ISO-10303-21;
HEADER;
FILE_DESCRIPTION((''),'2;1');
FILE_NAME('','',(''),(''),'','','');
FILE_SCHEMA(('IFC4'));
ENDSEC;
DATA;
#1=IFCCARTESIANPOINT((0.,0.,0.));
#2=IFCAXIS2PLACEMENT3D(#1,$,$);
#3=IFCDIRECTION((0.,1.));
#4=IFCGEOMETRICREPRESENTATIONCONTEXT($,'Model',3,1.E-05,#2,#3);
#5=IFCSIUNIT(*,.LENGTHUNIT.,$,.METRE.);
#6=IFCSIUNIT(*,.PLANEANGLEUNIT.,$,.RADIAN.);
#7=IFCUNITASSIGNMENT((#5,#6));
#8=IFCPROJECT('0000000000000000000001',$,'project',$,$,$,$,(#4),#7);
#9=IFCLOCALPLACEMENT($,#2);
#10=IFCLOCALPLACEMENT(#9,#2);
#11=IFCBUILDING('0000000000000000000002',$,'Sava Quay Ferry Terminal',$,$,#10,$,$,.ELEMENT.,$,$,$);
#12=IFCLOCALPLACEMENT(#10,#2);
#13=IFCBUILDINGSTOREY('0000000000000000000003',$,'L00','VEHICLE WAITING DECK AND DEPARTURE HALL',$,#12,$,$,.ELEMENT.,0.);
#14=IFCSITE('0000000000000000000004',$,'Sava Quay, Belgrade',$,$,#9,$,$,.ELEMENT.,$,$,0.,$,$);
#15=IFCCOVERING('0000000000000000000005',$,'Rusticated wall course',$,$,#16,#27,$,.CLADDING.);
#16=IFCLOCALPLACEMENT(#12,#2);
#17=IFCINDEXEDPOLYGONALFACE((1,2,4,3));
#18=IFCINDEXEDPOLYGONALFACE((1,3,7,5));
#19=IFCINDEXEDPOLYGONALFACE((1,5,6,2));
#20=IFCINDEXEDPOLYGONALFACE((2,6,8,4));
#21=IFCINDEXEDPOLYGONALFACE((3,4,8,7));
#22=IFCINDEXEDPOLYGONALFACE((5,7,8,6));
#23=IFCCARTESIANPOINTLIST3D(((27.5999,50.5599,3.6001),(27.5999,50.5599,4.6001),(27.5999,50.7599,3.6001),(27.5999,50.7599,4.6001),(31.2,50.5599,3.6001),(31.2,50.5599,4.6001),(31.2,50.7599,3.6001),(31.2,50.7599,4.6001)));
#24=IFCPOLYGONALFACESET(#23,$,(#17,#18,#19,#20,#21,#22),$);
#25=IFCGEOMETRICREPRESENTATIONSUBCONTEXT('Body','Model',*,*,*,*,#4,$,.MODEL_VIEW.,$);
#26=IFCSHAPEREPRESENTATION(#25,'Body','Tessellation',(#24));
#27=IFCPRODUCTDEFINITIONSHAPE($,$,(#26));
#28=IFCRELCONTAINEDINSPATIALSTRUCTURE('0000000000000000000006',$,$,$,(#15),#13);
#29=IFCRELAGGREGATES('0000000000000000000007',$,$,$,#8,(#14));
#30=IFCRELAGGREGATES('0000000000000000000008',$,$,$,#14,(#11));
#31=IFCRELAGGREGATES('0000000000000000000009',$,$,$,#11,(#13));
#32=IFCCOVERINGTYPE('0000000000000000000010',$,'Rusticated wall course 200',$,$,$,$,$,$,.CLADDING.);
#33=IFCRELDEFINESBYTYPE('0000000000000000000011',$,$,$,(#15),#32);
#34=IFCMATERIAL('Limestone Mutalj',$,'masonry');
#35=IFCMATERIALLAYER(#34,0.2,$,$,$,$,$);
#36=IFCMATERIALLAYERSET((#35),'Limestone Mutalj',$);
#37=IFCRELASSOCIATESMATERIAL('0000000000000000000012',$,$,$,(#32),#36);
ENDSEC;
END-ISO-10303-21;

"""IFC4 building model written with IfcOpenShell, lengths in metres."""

from ifc_helpers import new_model, si_unit, direction, frame, origin, origin_2d, place, context, subcontext, project, spatial, rectangle, extrude, material, layer, layer_set, type_object, element, save


model = new_model("IFC4")

# Units and contexts
model_context = context("Model", 3, precision=1e-05, world=origin(), true_north=direction((0.0, 1.0)))
body_context = subcontext(model_context, "Body", "Model", "MODEL_VIEW")
ifc_project = project(units=[si_unit("LENGTHUNIT", "METRE"), si_unit("PLANEANGLEUNIT", "RADIAN")], contexts=[model_context])

# Site, building, storey
site_placement = place(None, origin())
site = spatial("IfcSite", under=ifc_project, at=site_placement, Name="Sava Quay, Belgrade", CompositionType="ELEMENT", RefElevation=0.0)
building_placement = place(site_placement, origin())
building = spatial("IfcBuilding", under=site, at=building_placement, Name="Sava Quay Ferry Terminal", CompositionType="ELEMENT")
storey_placement = place(building_placement, origin())
storey = spatial("IfcBuildingStorey", under=building, at=storey_placement, Name="L00", Description="VEHICLE WAITING DECK AND DEPARTURE HALL", CompositionType="ELEMENT", Elevation=0.0)

# Covering
ifc_material_1 = material(Name="Limestone Mutalj", Category="masonry")
ifc_layer_1 = layer(ifc_material_1, 0.2)
ifc_layer_set_1 = layer_set([ifc_layer_1], Name="Limestone Mutalj")
covering_type_1 = type_object("IfcCoveringType", Name="Rusticated wall course 200", PredefinedType="CLADDING", material=ifc_layer_set_1)
covering_1_placement = place(storey_placement, frame((29.3999, 50.6599, 3.6001), z_axis=(0.0, 0.0, 1.0), x_axis=(1.0, 0.0, 0.0)))
element("IfcCovering", 1, at=covering_1_placement, inside=storey, type_object=covering_type_1, Name="Rusticated wall course", PredefinedType="CLADDING", context=body_context, shape_type="SweptSolid", body=[
    extrude(rectangle(XDim=3.6001, YDim=0.2, at=origin_2d()), origin(), (0.0, 0.0, 1.0), 1.0),
])

save(model, "model.ifc")
